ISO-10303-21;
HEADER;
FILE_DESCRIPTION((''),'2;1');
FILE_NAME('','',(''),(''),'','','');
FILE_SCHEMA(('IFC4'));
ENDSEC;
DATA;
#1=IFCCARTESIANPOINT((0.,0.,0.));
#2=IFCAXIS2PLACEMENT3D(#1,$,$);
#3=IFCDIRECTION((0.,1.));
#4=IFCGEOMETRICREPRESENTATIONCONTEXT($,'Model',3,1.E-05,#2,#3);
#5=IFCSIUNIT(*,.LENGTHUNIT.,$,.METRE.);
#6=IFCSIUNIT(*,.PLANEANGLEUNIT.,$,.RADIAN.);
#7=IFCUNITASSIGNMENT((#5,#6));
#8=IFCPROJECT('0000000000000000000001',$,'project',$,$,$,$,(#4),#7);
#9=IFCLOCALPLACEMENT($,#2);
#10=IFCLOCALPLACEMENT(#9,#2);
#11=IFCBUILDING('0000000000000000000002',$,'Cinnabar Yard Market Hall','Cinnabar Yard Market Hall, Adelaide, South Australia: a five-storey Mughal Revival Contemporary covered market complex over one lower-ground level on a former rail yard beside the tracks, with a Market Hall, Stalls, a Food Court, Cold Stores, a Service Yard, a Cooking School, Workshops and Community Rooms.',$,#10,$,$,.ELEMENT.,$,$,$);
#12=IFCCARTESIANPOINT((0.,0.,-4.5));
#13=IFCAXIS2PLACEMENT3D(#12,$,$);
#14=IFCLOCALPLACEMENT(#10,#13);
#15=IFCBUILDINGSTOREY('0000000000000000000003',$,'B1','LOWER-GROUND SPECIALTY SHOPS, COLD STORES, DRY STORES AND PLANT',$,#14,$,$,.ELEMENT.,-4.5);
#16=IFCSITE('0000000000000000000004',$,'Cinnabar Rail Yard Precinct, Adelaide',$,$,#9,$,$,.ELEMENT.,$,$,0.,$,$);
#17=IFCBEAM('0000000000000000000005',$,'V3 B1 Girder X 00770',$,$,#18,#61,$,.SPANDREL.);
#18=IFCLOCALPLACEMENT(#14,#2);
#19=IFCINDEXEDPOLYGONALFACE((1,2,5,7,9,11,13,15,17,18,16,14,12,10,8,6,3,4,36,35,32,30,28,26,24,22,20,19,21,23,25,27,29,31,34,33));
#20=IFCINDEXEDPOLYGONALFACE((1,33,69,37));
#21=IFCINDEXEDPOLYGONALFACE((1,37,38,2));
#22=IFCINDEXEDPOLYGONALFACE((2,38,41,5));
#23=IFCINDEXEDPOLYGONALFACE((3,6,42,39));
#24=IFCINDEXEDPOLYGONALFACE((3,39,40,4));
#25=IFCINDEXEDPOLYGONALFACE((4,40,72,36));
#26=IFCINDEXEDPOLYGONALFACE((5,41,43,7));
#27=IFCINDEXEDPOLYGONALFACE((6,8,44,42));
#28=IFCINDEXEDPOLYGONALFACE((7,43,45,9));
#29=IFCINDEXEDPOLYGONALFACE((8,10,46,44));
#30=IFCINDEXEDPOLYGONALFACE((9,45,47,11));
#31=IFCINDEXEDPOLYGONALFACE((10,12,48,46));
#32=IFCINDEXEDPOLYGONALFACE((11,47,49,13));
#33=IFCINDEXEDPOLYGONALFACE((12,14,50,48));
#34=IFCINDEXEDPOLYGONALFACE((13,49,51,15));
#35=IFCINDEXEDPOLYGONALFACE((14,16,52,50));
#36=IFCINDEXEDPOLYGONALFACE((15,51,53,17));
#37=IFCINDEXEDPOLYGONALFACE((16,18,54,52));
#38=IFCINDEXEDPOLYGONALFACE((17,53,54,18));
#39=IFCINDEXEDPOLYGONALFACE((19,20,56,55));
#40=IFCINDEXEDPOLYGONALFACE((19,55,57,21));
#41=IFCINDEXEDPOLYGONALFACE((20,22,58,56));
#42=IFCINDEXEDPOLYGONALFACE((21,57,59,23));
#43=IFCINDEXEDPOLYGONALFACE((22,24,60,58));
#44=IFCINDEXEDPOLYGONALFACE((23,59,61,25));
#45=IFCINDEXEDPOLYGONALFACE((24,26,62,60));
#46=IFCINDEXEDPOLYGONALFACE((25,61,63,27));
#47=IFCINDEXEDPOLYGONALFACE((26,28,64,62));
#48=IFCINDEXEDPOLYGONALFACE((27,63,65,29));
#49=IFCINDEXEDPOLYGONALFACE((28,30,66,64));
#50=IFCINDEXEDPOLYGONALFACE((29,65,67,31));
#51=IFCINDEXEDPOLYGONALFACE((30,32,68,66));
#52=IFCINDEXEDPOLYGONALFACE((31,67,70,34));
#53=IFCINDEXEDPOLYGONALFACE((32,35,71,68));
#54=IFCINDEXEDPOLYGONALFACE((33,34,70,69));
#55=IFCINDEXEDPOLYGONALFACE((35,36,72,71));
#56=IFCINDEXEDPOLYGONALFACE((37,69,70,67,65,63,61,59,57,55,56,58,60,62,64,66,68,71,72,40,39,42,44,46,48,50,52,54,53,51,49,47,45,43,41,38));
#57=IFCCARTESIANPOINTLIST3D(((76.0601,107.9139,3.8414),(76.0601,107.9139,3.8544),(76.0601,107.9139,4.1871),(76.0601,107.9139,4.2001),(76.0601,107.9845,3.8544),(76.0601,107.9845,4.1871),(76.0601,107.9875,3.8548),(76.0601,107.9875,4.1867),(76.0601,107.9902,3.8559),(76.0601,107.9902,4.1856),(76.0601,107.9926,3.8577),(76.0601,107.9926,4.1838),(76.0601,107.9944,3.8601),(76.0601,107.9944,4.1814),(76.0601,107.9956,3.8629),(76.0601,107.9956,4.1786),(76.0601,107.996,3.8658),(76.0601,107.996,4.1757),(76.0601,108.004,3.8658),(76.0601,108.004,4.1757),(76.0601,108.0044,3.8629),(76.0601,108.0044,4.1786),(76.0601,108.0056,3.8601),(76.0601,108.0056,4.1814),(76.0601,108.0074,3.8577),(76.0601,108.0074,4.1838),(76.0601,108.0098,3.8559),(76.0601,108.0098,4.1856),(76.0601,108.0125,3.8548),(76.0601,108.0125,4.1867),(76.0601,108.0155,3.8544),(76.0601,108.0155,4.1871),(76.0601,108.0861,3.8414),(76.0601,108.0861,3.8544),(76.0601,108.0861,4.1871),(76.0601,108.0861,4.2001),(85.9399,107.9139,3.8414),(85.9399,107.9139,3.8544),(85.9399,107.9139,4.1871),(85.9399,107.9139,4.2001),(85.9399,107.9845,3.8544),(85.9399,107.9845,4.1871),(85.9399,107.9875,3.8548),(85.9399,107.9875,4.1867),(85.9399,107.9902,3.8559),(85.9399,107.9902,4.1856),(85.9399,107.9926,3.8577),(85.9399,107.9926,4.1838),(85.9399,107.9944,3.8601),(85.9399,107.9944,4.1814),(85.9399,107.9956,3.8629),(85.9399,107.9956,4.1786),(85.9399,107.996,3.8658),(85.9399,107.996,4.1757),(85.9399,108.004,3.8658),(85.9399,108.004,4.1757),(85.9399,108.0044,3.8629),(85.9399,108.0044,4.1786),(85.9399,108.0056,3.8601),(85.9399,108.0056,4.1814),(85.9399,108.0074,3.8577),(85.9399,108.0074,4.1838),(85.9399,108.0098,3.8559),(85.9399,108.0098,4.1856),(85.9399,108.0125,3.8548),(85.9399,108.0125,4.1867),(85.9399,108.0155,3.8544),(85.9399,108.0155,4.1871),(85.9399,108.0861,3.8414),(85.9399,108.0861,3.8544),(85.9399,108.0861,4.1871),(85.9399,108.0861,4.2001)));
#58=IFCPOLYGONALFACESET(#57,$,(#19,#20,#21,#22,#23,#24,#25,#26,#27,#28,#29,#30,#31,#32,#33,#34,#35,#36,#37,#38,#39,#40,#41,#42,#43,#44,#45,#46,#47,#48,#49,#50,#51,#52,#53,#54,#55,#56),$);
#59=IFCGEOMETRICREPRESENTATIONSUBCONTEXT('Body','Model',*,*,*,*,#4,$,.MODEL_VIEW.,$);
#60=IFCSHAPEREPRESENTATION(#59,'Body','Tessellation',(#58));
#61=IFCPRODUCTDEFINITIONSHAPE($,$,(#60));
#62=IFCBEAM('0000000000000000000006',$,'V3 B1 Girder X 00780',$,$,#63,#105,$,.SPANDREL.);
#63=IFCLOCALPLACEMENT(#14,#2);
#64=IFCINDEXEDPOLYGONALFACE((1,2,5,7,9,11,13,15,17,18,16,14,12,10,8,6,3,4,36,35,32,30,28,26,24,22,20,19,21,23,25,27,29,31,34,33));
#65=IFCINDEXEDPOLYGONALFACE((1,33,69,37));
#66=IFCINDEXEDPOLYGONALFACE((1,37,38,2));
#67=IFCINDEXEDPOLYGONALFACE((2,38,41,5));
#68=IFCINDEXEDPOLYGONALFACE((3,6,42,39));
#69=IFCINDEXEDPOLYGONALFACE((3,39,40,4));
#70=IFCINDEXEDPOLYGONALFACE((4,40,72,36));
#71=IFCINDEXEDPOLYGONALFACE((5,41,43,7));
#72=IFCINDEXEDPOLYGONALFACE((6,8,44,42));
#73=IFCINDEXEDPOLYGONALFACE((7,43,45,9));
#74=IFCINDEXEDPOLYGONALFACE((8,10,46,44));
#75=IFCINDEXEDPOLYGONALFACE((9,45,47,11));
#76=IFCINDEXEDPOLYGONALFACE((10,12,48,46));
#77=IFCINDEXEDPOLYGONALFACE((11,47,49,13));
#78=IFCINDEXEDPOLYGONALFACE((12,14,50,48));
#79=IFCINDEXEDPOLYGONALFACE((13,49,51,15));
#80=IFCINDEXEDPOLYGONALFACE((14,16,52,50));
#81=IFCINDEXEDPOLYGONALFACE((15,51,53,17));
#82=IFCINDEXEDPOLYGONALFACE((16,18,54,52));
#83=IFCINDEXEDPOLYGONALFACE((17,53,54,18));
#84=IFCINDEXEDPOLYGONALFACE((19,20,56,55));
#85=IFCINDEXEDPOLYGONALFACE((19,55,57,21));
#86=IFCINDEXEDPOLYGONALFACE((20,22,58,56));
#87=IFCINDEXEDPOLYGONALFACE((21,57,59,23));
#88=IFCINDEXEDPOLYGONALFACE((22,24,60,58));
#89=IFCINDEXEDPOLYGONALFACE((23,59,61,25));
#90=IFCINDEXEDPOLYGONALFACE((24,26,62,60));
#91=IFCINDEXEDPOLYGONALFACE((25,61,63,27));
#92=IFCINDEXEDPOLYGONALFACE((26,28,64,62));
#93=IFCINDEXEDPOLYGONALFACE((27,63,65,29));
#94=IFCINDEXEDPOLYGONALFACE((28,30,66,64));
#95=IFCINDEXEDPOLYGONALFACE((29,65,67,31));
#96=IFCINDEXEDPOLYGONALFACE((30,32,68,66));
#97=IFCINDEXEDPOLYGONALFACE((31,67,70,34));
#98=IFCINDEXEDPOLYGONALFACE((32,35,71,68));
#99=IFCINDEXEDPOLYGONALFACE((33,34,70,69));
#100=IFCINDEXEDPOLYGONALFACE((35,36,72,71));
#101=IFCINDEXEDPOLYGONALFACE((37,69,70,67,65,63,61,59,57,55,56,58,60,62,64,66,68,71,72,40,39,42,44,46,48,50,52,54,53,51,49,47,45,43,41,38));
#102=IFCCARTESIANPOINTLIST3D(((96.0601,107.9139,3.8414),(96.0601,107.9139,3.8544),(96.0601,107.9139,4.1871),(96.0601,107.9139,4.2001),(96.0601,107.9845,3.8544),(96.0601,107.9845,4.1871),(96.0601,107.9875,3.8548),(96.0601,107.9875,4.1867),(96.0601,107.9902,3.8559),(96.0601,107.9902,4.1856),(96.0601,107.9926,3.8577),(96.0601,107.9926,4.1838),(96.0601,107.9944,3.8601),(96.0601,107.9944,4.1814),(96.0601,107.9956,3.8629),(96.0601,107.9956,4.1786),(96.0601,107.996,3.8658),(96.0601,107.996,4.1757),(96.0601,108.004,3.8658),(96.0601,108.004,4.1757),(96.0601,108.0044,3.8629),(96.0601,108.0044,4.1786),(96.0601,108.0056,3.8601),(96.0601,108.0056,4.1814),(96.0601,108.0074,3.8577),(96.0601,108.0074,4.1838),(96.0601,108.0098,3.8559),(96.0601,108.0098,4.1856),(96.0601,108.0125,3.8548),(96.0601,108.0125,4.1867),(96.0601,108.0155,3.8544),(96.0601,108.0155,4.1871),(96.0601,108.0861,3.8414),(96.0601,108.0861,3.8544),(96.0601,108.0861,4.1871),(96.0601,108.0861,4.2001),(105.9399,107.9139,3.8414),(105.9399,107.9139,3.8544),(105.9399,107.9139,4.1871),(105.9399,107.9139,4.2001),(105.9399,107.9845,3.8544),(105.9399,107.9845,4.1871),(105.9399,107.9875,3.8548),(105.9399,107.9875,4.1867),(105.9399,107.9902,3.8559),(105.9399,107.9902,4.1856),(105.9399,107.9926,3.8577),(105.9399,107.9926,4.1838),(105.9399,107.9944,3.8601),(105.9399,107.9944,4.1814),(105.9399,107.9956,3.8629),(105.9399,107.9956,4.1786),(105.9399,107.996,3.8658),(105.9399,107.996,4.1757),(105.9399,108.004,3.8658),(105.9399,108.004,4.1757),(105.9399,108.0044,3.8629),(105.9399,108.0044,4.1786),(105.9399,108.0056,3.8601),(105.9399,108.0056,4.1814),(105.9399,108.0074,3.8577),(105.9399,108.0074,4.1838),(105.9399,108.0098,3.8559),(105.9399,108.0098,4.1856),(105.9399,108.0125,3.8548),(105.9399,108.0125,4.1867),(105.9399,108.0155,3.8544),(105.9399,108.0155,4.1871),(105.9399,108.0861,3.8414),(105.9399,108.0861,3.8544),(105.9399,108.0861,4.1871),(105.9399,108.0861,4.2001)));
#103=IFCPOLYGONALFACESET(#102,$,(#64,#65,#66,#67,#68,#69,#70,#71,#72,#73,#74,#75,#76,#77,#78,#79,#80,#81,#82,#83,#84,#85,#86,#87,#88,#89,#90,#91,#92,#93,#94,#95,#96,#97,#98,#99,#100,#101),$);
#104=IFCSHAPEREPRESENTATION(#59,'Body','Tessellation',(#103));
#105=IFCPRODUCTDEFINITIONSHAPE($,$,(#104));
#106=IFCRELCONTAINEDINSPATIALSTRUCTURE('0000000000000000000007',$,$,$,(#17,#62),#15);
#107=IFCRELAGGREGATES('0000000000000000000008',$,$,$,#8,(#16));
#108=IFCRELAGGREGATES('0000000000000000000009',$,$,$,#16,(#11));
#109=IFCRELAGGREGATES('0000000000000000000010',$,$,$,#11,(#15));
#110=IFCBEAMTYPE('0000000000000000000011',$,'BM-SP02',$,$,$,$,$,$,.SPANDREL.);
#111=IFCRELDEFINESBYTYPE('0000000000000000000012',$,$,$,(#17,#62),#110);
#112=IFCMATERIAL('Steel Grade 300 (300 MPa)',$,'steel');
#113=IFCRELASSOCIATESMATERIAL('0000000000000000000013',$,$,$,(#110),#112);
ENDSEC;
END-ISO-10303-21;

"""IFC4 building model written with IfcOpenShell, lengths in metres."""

from ifc_helpers import new_model, si_unit, direction, frame, origin, origin_2d_with_axis, place, context, subcontext, project, spatial, i_section, extrude, material, material_profile, profile_set, type_object, element, save


model = new_model("IFC4")

# Units and contexts
model_context = context("Model", 3, precision=1e-05, world=origin(), true_north=direction((0.0, 1.0)))
body_context = subcontext(model_context, "Body", "Model", "MODEL_VIEW")
ifc_project = project(units=[si_unit("LENGTHUNIT", "METRE"), si_unit("PLANEANGLEUNIT", "RADIAN")], contexts=[model_context])

# Site, building, storey
site_placement = place(None, origin())
site = spatial("IfcSite", under=ifc_project, at=site_placement, Name="Cinnabar Rail Yard Precinct, Adelaide", CompositionType="ELEMENT", RefElevation=0.0)
building_placement = place(site_placement, origin())
building = spatial("IfcBuilding", under=site, at=building_placement, Name="Cinnabar Yard Market Hall", Description="Cinnabar Yard Market Hall, Adelaide, South Australia: a five-storey Mughal Revival Contemporary covered market complex over one lower-ground level on a former rail yard beside the tracks, with a Market Hall, Stalls, a Food Court, Cold Stores, a Service Yard, a Cooking School, Workshops and Community Rooms.", CompositionType="ELEMENT")
storey_placement = place(building_placement, frame((0.0, 0.0, -4.5)))
storey = spatial("IfcBuildingStorey", under=building, at=storey_placement, Name="B1", Description="LOWER-GROUND SPECIALTY SHOPS, COLD STORES, DRY STORES AND PLANT", CompositionType="ELEMENT", Elevation=-4.5)

# Shared definitions
ifc_material_1 = material(Name="Steel Grade 300 (300 MPa)", Category="steel")

# Beams
ifc_material_profile_1 = material_profile(ifc_material_1, i_section(OverallWidth=0.1721, OverallDepth=0.3586, WebThickness=0.0081, FlangeThickness=0.0129, FilletRadius=0.0115, at=origin_2d_with_axis()), Name="360UB56.7")
ifc_profile_set_1 = profile_set([ifc_material_profile_1], Name="Steel Grade 300 (300 MPa)")
beam_type_1 = type_object("IfcBeamType", Name="BM-SP02", PredefinedType="SPANDREL", material=ifc_profile_set_1)
for number, where, z_axis, x_axis, name in (
    (1, (76.0601, 108.0, 4.0208), (1.0, 0.0, 0.0), (0.0, 1.0, 0.0), "V3 B1 Girder X 00770"),
    (2, (96.0601, 108.0, 4.0208), (1.0, 0.0, 0.0), (0.0, 1.0, 0.0), "V3 B1 Girder X 00780"),
):
    element("IfcBeam", number, at=place(storey_placement, frame(where, z_axis=z_axis, x_axis=x_axis)), inside=storey, type_object=beam_type_1, Name=name, PredefinedType="SPANDREL", context=body_context, shape_type="SweptSolid", body=[
        extrude(i_section(OverallWidth=0.1721, OverallDepth=0.3586, WebThickness=0.0081, FlangeThickness=0.0129, FilletRadius=0.0115, at=origin_2d_with_axis()), origin(), (0.0, 0.0, 1.0), 9.8799),
    ])

save(model, "model.ifc")
